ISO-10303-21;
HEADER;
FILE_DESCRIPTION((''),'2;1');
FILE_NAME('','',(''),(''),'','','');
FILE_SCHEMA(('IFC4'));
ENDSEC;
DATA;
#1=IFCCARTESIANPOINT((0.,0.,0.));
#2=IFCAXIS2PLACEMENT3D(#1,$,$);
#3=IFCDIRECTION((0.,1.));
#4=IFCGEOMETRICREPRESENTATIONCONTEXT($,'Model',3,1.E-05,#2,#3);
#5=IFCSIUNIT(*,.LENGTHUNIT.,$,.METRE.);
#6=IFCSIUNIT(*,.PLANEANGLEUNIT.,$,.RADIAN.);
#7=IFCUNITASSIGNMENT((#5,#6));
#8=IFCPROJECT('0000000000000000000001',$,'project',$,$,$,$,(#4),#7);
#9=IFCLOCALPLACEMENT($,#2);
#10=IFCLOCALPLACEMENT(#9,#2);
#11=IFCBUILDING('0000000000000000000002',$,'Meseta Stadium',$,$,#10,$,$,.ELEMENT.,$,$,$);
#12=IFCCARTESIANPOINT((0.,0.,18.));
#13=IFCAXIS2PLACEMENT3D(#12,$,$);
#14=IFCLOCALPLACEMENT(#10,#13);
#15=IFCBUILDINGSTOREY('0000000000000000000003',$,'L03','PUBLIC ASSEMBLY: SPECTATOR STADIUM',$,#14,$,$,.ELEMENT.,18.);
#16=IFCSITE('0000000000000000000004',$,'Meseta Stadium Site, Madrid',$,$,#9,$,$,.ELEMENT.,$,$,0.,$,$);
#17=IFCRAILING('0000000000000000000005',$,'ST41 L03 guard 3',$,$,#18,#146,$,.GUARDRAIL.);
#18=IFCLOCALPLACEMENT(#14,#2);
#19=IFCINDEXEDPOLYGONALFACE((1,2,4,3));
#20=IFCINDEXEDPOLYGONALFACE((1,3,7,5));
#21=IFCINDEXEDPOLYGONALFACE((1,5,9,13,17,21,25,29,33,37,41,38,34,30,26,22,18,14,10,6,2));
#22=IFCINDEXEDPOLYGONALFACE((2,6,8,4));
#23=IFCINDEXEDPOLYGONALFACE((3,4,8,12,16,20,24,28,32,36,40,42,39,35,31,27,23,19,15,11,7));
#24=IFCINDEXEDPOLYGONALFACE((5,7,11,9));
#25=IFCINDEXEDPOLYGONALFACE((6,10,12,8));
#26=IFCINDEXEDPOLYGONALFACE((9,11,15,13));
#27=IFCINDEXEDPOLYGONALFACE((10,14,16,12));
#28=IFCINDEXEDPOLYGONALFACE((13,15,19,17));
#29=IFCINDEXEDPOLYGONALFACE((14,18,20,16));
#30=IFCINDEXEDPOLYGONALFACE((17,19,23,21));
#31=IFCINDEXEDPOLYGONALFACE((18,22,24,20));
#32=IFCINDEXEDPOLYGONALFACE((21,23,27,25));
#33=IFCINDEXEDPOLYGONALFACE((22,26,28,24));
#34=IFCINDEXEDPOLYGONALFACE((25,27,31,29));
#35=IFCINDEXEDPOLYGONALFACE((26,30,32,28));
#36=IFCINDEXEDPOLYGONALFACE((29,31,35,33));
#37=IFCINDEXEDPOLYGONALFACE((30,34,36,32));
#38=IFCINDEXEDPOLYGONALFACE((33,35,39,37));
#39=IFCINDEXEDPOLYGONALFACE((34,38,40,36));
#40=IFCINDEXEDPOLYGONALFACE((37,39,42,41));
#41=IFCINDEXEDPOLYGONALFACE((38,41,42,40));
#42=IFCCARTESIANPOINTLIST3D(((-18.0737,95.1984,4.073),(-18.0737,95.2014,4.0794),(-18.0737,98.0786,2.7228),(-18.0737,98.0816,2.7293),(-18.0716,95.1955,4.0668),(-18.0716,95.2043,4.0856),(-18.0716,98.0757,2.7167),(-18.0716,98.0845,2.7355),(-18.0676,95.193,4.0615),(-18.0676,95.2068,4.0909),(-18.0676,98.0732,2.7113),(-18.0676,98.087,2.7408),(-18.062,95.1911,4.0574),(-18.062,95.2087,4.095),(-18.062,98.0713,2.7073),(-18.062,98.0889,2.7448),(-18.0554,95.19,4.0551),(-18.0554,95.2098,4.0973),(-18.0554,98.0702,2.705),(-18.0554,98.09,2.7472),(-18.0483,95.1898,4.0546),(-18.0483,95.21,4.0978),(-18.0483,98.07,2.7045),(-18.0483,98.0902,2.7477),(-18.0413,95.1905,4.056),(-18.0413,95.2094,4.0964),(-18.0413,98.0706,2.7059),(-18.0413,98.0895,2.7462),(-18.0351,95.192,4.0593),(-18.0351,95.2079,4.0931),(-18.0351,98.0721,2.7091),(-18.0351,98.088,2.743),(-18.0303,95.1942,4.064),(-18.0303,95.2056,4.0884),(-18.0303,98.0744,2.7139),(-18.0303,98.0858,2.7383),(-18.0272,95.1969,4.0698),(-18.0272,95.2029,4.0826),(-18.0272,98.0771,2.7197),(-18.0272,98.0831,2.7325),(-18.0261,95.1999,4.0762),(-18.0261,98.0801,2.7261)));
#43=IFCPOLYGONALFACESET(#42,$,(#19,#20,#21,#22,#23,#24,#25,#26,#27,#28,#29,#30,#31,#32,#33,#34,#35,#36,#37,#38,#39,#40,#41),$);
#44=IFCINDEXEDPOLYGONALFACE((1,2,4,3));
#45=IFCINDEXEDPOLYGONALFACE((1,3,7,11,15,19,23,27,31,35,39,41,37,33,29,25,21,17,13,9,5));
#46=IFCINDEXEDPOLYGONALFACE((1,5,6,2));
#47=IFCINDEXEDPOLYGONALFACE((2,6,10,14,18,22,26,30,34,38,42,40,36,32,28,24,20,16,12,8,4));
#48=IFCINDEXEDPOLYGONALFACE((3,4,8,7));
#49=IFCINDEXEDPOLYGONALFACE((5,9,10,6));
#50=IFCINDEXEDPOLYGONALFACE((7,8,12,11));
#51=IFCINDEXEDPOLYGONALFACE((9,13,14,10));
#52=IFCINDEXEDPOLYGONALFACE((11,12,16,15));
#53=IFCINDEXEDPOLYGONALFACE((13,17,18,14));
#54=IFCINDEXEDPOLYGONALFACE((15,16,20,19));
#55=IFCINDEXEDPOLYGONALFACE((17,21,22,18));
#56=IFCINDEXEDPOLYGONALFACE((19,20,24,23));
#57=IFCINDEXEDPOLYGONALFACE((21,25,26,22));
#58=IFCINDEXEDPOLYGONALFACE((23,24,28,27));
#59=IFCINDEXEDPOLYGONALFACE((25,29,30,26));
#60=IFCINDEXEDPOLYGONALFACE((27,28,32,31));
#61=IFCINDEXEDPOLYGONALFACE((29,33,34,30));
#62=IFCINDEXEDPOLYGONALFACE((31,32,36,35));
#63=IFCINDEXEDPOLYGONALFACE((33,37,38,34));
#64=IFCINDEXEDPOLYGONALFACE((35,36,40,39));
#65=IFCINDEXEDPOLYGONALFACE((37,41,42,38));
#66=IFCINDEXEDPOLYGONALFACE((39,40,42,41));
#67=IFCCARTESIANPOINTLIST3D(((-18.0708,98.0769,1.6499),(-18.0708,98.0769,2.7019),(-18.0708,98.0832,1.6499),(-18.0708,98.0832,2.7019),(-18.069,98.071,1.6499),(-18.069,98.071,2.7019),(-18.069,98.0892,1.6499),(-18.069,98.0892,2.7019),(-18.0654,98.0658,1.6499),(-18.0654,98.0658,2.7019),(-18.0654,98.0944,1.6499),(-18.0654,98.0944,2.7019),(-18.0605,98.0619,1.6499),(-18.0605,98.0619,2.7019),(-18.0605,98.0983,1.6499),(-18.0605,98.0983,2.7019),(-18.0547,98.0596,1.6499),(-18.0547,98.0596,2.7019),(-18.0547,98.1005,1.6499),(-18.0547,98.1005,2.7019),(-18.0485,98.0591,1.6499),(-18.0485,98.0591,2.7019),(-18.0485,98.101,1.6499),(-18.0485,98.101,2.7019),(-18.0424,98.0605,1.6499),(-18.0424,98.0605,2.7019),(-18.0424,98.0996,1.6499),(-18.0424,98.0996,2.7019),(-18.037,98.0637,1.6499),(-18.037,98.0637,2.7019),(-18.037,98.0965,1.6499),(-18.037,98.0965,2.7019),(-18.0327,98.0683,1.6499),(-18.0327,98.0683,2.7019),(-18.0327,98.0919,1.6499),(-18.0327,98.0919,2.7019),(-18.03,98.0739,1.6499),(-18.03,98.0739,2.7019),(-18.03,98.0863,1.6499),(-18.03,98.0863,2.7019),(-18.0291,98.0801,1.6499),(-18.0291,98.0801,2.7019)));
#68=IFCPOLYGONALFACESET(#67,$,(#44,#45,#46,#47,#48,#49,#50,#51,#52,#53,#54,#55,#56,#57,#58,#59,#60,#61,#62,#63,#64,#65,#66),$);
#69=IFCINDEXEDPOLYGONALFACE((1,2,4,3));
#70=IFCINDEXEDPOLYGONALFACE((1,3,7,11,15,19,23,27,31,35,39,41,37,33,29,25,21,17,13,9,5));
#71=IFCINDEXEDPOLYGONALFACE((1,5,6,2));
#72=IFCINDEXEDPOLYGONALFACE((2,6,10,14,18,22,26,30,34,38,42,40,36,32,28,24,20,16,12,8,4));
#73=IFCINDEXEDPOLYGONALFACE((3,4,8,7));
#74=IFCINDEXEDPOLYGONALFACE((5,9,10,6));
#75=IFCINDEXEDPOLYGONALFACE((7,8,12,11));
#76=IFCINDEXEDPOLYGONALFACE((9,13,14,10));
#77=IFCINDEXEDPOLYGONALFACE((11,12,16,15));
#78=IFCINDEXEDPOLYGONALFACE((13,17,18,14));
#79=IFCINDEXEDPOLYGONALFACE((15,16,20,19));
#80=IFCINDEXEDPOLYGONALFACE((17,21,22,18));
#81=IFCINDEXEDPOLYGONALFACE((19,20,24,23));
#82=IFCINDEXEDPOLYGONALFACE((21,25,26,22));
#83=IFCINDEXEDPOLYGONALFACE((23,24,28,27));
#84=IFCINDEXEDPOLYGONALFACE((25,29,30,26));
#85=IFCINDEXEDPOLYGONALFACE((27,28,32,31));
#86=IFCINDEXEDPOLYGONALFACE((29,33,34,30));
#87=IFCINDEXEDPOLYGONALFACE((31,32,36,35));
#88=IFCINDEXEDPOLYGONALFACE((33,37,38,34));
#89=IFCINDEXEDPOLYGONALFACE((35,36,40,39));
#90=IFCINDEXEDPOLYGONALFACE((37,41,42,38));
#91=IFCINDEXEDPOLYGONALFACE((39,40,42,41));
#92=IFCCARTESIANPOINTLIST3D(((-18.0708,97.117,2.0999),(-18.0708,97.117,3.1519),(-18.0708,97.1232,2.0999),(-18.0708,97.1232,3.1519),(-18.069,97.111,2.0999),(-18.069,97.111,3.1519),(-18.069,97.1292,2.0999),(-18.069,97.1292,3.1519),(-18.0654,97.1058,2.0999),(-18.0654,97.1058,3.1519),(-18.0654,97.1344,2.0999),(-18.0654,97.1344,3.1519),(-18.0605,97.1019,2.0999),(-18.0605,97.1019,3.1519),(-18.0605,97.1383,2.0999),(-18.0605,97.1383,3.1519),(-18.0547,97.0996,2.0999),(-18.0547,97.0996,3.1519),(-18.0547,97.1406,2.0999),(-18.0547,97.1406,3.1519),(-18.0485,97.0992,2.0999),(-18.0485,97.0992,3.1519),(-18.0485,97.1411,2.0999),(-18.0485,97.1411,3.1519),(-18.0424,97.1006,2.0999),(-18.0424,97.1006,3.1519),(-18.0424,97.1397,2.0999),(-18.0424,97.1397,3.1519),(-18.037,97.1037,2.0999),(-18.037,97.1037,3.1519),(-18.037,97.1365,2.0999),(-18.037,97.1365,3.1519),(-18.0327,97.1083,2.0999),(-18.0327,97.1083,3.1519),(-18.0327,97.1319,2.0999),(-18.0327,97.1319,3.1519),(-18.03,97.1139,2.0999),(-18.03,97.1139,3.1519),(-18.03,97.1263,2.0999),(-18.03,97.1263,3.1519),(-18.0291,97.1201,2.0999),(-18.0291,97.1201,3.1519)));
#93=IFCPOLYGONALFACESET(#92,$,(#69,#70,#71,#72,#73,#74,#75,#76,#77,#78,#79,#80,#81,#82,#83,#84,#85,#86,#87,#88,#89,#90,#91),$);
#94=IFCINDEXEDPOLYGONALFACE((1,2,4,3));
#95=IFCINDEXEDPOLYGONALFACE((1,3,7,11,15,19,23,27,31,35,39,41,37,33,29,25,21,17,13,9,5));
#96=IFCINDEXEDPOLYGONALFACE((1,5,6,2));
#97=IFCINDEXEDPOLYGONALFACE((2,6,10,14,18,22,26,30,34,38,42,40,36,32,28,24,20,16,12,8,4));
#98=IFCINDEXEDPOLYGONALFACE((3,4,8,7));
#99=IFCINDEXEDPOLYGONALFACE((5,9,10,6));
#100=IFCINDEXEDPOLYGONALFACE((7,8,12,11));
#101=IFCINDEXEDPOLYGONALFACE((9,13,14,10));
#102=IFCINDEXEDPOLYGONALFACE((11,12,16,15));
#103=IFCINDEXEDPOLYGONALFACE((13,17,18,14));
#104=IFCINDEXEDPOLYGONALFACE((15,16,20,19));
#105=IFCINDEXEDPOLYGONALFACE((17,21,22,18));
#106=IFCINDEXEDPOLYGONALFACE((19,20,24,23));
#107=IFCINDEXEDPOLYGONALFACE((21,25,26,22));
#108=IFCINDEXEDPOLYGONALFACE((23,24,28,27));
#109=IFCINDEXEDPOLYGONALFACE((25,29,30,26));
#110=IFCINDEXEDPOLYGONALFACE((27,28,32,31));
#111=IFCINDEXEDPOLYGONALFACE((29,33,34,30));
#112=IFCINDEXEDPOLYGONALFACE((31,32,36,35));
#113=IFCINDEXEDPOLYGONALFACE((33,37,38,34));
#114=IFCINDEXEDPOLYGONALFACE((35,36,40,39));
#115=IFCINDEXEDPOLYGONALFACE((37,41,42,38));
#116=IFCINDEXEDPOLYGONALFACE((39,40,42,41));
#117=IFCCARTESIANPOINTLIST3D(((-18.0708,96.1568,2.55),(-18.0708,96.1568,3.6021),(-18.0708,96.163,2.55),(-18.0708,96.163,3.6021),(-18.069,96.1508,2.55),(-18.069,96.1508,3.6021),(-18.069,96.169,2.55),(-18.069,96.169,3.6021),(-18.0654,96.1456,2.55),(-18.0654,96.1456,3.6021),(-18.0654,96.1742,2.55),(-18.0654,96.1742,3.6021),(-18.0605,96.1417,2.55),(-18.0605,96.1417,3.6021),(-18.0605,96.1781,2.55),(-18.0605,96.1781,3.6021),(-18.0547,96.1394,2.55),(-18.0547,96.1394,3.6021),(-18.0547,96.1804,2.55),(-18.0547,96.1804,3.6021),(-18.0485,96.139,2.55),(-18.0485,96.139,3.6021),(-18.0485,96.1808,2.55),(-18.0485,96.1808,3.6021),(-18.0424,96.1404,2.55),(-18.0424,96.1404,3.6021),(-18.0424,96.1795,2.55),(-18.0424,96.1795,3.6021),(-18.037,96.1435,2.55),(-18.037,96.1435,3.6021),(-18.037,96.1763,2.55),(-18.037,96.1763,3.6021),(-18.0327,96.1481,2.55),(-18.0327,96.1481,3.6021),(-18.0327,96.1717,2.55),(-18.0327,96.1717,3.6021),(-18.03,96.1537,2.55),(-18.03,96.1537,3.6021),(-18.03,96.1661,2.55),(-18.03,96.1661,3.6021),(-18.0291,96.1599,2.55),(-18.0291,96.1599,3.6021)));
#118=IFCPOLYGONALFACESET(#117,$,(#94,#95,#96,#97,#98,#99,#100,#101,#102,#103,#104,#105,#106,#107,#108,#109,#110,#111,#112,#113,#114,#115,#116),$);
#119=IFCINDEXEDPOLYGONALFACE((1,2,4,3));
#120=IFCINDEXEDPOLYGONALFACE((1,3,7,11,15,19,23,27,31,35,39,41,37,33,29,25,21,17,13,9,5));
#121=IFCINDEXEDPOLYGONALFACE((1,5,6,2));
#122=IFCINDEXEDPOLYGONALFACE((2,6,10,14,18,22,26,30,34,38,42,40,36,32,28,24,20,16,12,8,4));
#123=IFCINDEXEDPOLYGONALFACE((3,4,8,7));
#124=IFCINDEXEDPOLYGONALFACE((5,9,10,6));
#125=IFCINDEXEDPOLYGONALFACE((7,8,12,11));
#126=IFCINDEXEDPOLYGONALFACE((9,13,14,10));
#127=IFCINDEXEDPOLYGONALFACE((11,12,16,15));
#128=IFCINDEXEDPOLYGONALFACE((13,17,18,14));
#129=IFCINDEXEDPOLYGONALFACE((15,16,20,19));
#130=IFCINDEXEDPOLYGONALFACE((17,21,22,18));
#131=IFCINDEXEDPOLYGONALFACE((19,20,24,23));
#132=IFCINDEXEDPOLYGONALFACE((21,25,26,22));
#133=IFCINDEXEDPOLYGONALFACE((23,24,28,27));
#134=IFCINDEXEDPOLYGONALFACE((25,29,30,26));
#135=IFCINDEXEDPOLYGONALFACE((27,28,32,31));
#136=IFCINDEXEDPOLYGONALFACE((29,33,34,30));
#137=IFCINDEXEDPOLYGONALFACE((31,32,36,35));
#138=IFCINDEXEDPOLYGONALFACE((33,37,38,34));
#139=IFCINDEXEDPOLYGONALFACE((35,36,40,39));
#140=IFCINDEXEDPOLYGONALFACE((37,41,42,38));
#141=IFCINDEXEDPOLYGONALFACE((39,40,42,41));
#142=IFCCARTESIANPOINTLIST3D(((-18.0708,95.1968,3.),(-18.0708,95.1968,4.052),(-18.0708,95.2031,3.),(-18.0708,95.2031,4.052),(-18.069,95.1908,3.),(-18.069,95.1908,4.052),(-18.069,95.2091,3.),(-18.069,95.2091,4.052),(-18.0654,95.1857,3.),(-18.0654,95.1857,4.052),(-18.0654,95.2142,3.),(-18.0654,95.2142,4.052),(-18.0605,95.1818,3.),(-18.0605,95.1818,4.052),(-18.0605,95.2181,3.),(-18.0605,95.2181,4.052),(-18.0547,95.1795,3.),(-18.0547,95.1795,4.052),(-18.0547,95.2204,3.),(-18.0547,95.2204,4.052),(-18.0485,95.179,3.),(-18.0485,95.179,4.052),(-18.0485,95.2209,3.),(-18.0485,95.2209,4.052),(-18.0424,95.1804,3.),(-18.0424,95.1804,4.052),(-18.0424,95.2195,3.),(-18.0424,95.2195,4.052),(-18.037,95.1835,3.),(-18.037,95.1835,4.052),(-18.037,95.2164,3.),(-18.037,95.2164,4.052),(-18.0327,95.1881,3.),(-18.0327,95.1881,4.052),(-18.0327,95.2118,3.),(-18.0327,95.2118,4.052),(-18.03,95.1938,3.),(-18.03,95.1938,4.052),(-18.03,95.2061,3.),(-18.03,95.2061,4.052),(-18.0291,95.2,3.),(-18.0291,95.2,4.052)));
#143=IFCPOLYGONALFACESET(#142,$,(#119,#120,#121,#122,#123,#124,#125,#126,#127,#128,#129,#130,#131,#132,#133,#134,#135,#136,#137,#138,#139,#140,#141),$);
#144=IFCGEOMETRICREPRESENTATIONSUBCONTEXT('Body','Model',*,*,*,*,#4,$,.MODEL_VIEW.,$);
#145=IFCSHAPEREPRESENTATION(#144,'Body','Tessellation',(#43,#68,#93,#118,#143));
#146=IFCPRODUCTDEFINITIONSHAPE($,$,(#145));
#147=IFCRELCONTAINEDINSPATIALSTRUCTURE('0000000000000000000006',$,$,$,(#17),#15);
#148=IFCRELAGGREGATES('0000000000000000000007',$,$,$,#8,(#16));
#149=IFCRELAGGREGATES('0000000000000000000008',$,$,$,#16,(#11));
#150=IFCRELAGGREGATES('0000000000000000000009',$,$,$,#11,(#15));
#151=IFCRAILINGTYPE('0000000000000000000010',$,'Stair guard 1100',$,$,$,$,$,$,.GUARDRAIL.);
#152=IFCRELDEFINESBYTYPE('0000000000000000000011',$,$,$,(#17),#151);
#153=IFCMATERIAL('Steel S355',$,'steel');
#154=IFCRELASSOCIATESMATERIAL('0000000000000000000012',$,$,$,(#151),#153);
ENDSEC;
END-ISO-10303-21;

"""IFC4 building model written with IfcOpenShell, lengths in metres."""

from ifc_helpers import new_model, si_unit, direction, frame, origin, origin_2d, place, context, subcontext, project, spatial, circle, extrude, material, type_object, element, save


model = new_model("IFC4")

# Units and contexts
model_context = context("Model", 3, precision=1e-05, world=origin(), true_north=direction((0.0, 1.0)))
body_context = subcontext(model_context, "Body", "Model", "MODEL_VIEW")
ifc_project = project(units=[si_unit("LENGTHUNIT", "METRE"), si_unit("PLANEANGLEUNIT", "RADIAN")], contexts=[model_context])

# Site, building, storey
site_placement = place(None, origin())
site = spatial("IfcSite", under=ifc_project, at=site_placement, Name="Meseta Stadium Site, Madrid", CompositionType="ELEMENT", RefElevation=0.0)
building_placement = place(site_placement, origin())
building = spatial("IfcBuilding", under=site, at=building_placement, Name="Meseta Stadium", CompositionType="ELEMENT")
storey_placement = place(building_placement, frame((0.0, 0.0, 18.0)))
storey = spatial("IfcBuildingStorey", under=building, at=storey_placement, Name="L03", Description="PUBLIC ASSEMBLY: SPECTATOR STADIUM", CompositionType="ELEMENT", Elevation=18.0)

# Railing
ifc_material_1 = material(Name="Steel S355", Category="steel")
railing_type_1 = type_object("IfcRailingType", Name="Stair guard 1100", PredefinedType="GUARDRAIL", material=ifc_material_1)
for number, where, name in (
    (1, (-18.05, 98.0801, 1.6499), "ST41 L03 guard 3"),
):
    element("IfcRailing", number, at=place(storey_placement, frame(where)), inside=storey, type_object=railing_type_1, Name=name, PredefinedType="GUARDRAIL", context=body_context, shape_type="SweptSolid", body=[
        extrude(circle(Radius=0.0239, at=origin_2d()), frame((0.0, 0.0, 1.0762), z_axis=(0.0, -0.905454, 0.424444), x_axis=(1.0, 0.0, 0.0)), (0.0, 0.0, 1.0), 3.1809),
        extrude(circle(Radius=0.021, at=origin_2d()), origin(), (0.0, 0.0, 1.0), 1.052),
        extrude(circle(Radius=0.021, at=origin_2d()), frame((0.0, -0.96, 0.45)), (0.0, 0.0, 1.0), 1.052),
        extrude(circle(Radius=0.021, at=origin_2d()), frame((0.0, -1.9202, 0.9001)), (0.0, 0.0, 1.0), 1.052),
        extrude(circle(Radius=0.021, at=origin_2d()), frame((0.0, -2.8801, 1.3501)), (0.0, 0.0, 1.0), 1.052),
    ])

save(model, "model.ifc")
